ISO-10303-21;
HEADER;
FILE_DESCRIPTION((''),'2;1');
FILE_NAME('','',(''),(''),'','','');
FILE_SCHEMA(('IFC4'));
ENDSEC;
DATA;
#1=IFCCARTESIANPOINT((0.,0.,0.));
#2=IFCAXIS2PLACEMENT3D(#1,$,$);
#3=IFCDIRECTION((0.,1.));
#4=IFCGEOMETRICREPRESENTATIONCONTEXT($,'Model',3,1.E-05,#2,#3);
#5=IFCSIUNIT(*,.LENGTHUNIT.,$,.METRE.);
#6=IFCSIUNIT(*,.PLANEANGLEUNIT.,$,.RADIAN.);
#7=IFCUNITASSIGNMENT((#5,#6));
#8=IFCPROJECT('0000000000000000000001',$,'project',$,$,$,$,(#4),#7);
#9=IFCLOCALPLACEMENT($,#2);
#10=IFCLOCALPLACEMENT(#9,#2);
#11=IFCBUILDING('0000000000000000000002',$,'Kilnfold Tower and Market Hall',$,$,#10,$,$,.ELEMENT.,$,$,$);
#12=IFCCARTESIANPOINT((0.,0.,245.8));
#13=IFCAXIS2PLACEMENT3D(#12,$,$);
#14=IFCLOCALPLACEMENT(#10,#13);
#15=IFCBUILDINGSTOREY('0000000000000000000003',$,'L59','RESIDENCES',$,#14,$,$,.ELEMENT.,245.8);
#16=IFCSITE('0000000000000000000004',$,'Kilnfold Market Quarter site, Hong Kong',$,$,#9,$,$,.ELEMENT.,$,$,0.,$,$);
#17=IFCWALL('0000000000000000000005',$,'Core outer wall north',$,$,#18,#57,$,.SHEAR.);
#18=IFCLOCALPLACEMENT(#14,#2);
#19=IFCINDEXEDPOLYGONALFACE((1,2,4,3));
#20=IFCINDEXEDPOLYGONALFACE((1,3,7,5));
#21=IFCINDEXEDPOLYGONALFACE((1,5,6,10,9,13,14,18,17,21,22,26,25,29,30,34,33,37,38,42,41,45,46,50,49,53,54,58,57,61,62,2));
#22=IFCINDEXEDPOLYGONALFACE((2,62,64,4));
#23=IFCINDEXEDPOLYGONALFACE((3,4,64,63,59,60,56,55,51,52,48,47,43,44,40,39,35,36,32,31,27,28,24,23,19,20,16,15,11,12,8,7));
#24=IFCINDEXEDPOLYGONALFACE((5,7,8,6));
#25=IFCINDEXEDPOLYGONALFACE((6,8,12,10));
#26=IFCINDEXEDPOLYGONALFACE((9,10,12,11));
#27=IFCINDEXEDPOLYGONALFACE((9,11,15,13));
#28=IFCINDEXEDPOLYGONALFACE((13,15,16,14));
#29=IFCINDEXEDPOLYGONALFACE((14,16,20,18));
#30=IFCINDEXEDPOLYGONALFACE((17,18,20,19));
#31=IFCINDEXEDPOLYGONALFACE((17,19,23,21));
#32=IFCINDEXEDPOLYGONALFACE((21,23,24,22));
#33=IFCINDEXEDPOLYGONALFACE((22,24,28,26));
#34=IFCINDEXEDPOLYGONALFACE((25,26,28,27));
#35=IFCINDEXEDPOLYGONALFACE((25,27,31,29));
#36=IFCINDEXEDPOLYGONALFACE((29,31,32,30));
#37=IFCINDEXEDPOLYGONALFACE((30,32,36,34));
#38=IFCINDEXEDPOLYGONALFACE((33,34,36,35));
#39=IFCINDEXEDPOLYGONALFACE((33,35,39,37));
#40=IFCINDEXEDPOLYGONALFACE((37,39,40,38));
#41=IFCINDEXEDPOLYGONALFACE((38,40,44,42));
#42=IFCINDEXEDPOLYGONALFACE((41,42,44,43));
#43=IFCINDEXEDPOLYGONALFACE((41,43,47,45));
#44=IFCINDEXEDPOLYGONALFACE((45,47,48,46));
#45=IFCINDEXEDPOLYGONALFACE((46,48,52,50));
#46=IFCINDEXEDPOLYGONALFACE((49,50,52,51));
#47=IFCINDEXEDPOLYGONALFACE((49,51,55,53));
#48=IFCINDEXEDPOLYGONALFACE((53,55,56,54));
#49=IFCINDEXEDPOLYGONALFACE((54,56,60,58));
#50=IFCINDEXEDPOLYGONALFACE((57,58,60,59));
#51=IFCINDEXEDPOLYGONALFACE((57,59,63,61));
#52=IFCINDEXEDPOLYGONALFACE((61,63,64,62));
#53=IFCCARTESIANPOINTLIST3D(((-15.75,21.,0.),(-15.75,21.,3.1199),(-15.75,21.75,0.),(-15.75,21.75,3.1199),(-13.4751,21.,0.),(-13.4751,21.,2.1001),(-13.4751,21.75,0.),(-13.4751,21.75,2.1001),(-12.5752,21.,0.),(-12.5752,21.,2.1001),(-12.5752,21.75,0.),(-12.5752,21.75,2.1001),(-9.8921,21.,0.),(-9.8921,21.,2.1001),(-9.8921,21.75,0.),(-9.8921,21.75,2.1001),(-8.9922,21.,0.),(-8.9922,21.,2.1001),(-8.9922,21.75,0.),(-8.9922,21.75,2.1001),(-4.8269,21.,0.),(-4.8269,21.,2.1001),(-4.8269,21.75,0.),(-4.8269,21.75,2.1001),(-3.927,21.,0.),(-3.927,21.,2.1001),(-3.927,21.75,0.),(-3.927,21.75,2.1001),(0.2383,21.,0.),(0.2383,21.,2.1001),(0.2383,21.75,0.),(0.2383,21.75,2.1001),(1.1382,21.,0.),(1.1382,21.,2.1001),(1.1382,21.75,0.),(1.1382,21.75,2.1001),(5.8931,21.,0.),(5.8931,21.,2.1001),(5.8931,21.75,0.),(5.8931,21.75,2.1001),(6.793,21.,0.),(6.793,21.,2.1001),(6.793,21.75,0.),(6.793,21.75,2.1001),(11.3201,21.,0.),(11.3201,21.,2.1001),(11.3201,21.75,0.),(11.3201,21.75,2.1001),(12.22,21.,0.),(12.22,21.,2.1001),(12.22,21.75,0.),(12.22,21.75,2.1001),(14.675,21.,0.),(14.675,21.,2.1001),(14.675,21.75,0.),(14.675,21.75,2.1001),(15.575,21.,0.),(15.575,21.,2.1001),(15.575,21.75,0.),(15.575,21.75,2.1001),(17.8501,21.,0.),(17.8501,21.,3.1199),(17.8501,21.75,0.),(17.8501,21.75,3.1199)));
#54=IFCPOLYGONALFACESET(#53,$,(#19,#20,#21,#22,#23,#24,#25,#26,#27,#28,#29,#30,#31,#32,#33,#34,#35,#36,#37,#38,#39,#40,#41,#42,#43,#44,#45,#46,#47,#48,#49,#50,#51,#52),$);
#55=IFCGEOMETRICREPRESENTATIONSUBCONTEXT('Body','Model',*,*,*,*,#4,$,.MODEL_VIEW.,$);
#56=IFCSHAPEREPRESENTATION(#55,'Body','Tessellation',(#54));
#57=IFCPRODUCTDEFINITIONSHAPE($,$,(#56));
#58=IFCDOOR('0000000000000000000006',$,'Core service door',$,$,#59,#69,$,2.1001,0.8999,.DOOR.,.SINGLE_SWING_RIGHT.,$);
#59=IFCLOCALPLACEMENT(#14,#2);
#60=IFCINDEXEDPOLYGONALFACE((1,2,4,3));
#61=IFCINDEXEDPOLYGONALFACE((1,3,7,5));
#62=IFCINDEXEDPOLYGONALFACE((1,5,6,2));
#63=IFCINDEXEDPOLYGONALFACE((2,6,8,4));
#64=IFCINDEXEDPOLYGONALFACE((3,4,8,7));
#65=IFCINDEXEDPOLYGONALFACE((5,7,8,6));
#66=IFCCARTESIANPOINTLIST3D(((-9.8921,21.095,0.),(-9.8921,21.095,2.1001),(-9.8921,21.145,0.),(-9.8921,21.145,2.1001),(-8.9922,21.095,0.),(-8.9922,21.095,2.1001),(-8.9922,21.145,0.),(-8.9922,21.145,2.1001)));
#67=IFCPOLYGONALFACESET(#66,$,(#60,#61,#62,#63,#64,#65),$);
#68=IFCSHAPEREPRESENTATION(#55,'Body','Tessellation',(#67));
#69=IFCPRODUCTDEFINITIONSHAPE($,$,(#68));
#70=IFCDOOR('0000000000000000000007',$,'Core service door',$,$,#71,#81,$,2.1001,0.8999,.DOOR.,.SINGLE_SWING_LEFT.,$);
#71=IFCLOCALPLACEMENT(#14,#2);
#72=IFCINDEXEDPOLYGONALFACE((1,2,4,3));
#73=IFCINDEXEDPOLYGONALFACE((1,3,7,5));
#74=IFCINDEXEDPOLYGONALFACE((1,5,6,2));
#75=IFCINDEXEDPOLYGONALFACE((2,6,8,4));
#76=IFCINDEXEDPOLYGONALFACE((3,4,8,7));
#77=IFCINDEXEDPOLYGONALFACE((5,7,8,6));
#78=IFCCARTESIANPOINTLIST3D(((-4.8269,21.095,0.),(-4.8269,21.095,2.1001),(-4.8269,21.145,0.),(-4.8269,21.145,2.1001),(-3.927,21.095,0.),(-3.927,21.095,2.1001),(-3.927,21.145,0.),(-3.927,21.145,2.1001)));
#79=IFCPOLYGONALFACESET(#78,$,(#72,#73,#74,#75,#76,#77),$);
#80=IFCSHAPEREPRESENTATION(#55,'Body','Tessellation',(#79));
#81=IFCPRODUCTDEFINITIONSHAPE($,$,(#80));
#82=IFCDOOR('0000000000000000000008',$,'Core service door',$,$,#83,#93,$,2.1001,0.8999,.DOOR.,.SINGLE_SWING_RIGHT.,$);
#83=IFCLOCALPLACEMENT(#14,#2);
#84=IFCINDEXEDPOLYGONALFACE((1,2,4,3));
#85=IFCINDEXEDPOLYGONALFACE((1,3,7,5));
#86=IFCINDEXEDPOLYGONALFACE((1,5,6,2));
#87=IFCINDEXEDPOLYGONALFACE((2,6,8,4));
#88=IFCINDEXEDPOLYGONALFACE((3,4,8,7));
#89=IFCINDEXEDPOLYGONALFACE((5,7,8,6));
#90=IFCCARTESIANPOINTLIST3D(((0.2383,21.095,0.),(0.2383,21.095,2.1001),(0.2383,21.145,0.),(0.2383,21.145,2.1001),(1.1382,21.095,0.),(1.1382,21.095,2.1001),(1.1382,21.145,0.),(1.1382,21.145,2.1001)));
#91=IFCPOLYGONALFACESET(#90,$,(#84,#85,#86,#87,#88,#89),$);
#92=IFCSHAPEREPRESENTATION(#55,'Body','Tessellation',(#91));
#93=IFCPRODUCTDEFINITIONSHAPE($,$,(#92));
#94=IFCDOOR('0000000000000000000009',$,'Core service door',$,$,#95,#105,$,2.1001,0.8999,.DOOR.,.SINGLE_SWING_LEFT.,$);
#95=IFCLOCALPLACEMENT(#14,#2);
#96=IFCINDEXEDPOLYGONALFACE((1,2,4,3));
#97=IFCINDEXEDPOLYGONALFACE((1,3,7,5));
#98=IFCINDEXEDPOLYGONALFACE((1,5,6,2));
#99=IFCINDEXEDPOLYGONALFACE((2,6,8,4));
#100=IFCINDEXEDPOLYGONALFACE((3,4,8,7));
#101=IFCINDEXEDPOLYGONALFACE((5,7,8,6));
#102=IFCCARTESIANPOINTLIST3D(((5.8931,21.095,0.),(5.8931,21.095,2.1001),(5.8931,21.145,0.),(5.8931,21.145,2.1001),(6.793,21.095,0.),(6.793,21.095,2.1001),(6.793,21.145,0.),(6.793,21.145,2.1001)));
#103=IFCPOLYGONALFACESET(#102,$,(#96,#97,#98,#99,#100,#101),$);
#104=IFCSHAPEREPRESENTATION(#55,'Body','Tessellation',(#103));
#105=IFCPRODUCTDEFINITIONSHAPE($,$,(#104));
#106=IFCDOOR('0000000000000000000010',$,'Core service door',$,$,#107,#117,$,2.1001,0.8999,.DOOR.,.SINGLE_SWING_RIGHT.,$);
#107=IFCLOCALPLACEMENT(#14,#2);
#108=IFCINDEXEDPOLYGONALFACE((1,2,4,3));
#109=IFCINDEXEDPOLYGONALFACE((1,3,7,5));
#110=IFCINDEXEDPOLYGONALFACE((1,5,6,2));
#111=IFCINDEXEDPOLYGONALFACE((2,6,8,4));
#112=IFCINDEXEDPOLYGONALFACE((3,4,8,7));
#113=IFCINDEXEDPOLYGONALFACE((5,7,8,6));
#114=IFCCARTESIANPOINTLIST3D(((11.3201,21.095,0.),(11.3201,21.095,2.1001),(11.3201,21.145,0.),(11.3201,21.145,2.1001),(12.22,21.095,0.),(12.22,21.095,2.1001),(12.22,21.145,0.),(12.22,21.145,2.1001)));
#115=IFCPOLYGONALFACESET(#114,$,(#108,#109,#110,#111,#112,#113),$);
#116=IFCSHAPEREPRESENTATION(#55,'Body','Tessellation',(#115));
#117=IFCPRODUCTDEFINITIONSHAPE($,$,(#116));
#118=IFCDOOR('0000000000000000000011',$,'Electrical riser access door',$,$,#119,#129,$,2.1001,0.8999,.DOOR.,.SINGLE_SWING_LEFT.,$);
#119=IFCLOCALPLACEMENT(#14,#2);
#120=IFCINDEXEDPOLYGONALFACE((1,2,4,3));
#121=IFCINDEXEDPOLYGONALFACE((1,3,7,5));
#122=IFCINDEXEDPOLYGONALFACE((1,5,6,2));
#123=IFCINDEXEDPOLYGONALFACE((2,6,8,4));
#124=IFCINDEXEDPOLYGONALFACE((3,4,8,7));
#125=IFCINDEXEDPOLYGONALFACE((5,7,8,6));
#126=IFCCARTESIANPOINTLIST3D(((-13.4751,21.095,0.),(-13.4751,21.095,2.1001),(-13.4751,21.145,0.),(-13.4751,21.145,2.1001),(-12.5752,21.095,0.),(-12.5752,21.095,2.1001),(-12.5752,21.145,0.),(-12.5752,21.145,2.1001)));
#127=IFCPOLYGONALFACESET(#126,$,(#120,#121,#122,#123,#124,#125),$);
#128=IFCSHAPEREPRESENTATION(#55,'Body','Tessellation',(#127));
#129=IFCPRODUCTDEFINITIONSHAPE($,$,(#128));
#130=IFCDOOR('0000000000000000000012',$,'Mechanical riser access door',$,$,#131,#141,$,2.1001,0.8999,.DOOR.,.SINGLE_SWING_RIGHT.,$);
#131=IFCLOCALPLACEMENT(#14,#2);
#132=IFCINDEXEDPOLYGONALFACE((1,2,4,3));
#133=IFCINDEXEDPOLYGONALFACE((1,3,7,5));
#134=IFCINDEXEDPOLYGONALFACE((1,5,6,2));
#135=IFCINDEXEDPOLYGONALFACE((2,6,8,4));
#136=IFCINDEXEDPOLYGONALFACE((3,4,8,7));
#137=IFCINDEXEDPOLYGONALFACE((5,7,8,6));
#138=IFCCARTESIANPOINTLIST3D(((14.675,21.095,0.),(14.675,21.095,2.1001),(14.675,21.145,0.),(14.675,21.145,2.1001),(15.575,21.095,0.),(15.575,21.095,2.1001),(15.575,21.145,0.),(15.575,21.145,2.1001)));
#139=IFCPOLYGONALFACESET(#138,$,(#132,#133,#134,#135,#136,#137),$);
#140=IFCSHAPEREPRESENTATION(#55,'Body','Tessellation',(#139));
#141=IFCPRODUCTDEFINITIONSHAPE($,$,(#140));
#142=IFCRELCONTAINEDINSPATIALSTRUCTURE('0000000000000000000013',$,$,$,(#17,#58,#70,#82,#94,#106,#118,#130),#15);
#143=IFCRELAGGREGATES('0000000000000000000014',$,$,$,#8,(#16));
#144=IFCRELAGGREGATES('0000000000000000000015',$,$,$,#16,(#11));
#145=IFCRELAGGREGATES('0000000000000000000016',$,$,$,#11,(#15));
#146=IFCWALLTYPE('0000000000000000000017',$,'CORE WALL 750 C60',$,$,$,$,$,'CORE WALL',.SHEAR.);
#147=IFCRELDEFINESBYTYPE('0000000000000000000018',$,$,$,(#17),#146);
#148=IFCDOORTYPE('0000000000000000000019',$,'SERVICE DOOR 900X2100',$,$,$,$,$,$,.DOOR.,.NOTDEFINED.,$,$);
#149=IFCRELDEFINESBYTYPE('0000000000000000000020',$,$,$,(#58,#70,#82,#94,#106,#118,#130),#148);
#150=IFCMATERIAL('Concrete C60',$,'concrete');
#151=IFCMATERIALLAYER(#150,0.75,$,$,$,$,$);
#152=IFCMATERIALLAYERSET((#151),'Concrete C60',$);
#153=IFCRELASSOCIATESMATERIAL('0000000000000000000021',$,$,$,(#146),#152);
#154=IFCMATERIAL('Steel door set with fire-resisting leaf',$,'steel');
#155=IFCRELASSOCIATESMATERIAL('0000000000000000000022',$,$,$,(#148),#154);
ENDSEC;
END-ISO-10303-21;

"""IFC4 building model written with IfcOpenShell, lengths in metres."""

from ifc_helpers import new_model, si_unit, direction, frame, frame_2d, origin, place, context, subcontext, project, spatial, rectangle, extrude, source, transform, mapped, material, layer, layer_set, type_object, element, fill, save


model = new_model("IFC4")

# Units and contexts
model_context = context("Model", 3, precision=1e-05, world=origin(), true_north=direction((0.0, 1.0)))
body_context = subcontext(model_context, "Body", "Model", "MODEL_VIEW")
ifc_project = project(units=[si_unit("LENGTHUNIT", "METRE"), si_unit("PLANEANGLEUNIT", "RADIAN")], contexts=[model_context])

# Site, building, storey
site_placement = place(None, origin())
site = spatial("IfcSite", under=ifc_project, at=site_placement, Name="Kilnfold Market Quarter site, Hong Kong", CompositionType="ELEMENT", RefElevation=0.0)
building_placement = place(site_placement, origin())
building = spatial("IfcBuilding", under=site, at=building_placement, Name="Kilnfold Tower and Market Hall", CompositionType="ELEMENT")
storey_placement = place(building_placement, frame((0.0, 0.0, 245.8)))
storey = spatial("IfcBuildingStorey", under=building, at=storey_placement, Name="L59", Description="RESIDENCES", CompositionType="ELEMENT", Elevation=245.8)

# Wall, openings, doors
ifc_material_1 = material(Name="Concrete C60", Category="concrete")
ifc_layer_1 = layer(ifc_material_1, 0.75)
ifc_layer_set_1 = layer_set([ifc_layer_1], Name="Concrete C60")
wall_type_1 = type_object("IfcWallType", Name="CORE WALL 750 C60", ElementType="CORE WALL", PredefinedType="SHEAR", material=ifc_layer_set_1)
shared_shape_1 = source(origin(), body_context, "Body", "SweptSolid", [
    extrude(rectangle(XDim=33.6001, YDim=0.75, at=frame_2d((16.8, 0.0))), origin(), (0.0, 0.0, 1.0), 3.1199),
])
wall_1_placement = place(storey_placement, frame((-15.75, 21.375, 0.0), z_axis=(0.0, 0.0, 1.0), x_axis=(1.0, 0.0, 0.0)))
wall_1 = element("IfcWall", 1, at=wall_1_placement, inside=storey, type_object=wall_type_1, Name="Core outer wall north", PredefinedType="SHEAR", context=body_context, shape_type="MappedRepresentation", body=[
    mapped(shared_shape_1, transform((0.0, 0.0, 0.0))),
])
opening_1_placement = place(wall_1_placement, frame((5.8579, 0.0, 0.0)))
opening_1 = element("IfcOpeningElement", 2, at=opening_1_placement, cuts=wall_1, PredefinedType="OPENING", context=body_context, shape_type="SweptSolid", body=[
    extrude(rectangle(XDim=0.8999, YDim=2.1001, at=frame_2d((0.45, 1.05))), frame((0.0, 0.385, 0.0), z_axis=(0.0, -1.0, 0.0), x_axis=(1.0, 0.0, 0.0)), (0.0, 0.0, 1.0), 0.77),
])
opening_2_placement = place(wall_1_placement, frame((10.9231, 0.0, 0.0)))
opening_2 = element("IfcOpeningElement", 3, at=opening_2_placement, cuts=wall_1, PredefinedType="OPENING", context=body_context, shape_type="SweptSolid", body=[
    extrude(rectangle(XDim=0.8999, YDim=2.1001, at=frame_2d((0.45, 1.05))), frame((0.0, 0.385, 0.0), z_axis=(0.0, -1.0, 0.0), x_axis=(1.0, 0.0, 0.0)), (0.0, 0.0, 1.0), 0.77),
])
opening_3_placement = place(wall_1_placement, frame((15.9883, 0.0, 0.0)))
opening_3 = element("IfcOpeningElement", 4, at=opening_3_placement, cuts=wall_1, PredefinedType="OPENING", context=body_context, shape_type="SweptSolid", body=[
    extrude(rectangle(XDim=0.8999, YDim=2.1001, at=frame_2d((0.45, 1.05))), frame((0.0, 0.385, 0.0), z_axis=(0.0, -1.0, 0.0), x_axis=(1.0, 0.0, 0.0)), (0.0, 0.0, 1.0), 0.77),
])
opening_4_placement = place(wall_1_placement, frame((21.6431, 0.0, 0.0)))
opening_4 = element("IfcOpeningElement", 5, at=opening_4_placement, cuts=wall_1, PredefinedType="OPENING", context=body_context, shape_type="SweptSolid", body=[
    extrude(rectangle(XDim=0.8999, YDim=2.1001, at=frame_2d((0.45, 1.05))), frame((0.0, 0.385, 0.0), z_axis=(0.0, -1.0, 0.0), x_axis=(1.0, 0.0, 0.0)), (0.0, 0.0, 1.0), 0.77),
])
opening_5_placement = place(wall_1_placement, frame((27.0701, 0.0, 0.0)))
opening_5 = element("IfcOpeningElement", 6, at=opening_5_placement, cuts=wall_1, PredefinedType="OPENING", context=body_context, shape_type="SweptSolid", body=[
    extrude(rectangle(XDim=0.8999, YDim=2.1001, at=frame_2d((0.45, 1.05))), frame((0.0, 0.385, 0.0), z_axis=(0.0, -1.0, 0.0), x_axis=(1.0, 0.0, 0.0)), (0.0, 0.0, 1.0), 0.77),
])
opening_6_placement = place(wall_1_placement, frame((2.2749, 0.0, 0.0)))
opening_6 = element("IfcOpeningElement", 7, at=opening_6_placement, cuts=wall_1, PredefinedType="OPENING", context=body_context, shape_type="SweptSolid", body=[
    extrude(rectangle(XDim=0.8999, YDim=2.1001, at=frame_2d((0.45, 1.05))), frame((0.0, 0.385, 0.0), z_axis=(0.0, -1.0, 0.0), x_axis=(1.0, 0.0, 0.0)), (0.0, 0.0, 1.0), 0.77),
])
opening_7_placement = place(wall_1_placement, frame((30.425, 0.0, 0.0)))
opening_7 = element("IfcOpeningElement", 8, at=opening_7_placement, cuts=wall_1, PredefinedType="OPENING", context=body_context, shape_type="SweptSolid", body=[
    extrude(rectangle(XDim=0.8999, YDim=2.1001, at=frame_2d((0.45, 1.05))), frame((0.0, 0.385, 0.0), z_axis=(0.0, -1.0, 0.0), x_axis=(1.0, 0.0, 0.0)), (0.0, 0.0, 1.0), 0.77),
])
ifc_material_2 = material(Name="Steel door set with fire-resisting leaf", Category="steel")
door_type_1 = type_object("IfcDoorType", Name="SERVICE DOOR 900X2100", OperationType="NOTDEFINED", PredefinedType="DOOR", material=ifc_material_2)
door_1_placement = place(opening_1_placement, origin())
door_1 = element("IfcDoor", 9, at=door_1_placement, inside=storey, type_object=door_type_1, Name="Core service door", OperationType="SINGLE_SWING_RIGHT", OverallHeight=2.1001, OverallWidth=0.8999, PredefinedType="DOOR", context=body_context, shape_type="SweptSolid", body=[
    extrude(rectangle(XDim=0.8999, YDim=2.1001, at=frame_2d((0.45, 1.05))), frame((0.0, -0.23, 0.0), z_axis=(0.0, -1.0, 0.0), x_axis=(1.0, 0.0, 0.0)), (0.0, 0.0, 1.0), 0.05),
])
fill(opening_1, door_1)
door_2_placement = place(opening_2_placement, origin())
door_2 = element("IfcDoor", 10, at=door_2_placement, inside=storey, type_object=door_type_1, Name="Core service door", OperationType="SINGLE_SWING_LEFT", OverallHeight=2.1001, OverallWidth=0.8999, PredefinedType="DOOR", context=body_context, shape_type="SweptSolid", body=[
    extrude(rectangle(XDim=0.8999, YDim=2.1001, at=frame_2d((0.45, 1.05))), frame((0.0, -0.23, 0.0), z_axis=(0.0, -1.0, 0.0), x_axis=(1.0, 0.0, 0.0)), (0.0, 0.0, 1.0), 0.05),
])
fill(opening_2, door_2)
door_3_placement = place(opening_3_placement, origin())
door_3 = element("IfcDoor", 11, at=door_3_placement, inside=storey, type_object=door_type_1, Name="Core service door", OperationType="SINGLE_SWING_RIGHT", OverallHeight=2.1001, OverallWidth=0.8999, PredefinedType="DOOR", context=body_context, shape_type="SweptSolid", body=[
    extrude(rectangle(XDim=0.8999, YDim=2.1001, at=frame_2d((0.45, 1.05))), frame((0.0, -0.23, 0.0), z_axis=(0.0, -1.0, 0.0), x_axis=(1.0, 0.0, 0.0)), (0.0, 0.0, 1.0), 0.05),
])
fill(opening_3, door_3)
door_4_placement = place(opening_4_placement, origin())
door_4 = element("IfcDoor", 12, at=door_4_placement, inside=storey, type_object=door_type_1, Name="Core service door", OperationType="SINGLE_SWING_LEFT", OverallHeight=2.1001, OverallWidth=0.8999, PredefinedType="DOOR", context=body_context, shape_type="SweptSolid", body=[
    extrude(rectangle(XDim=0.8999, YDim=2.1001, at=frame_2d((0.45, 1.05))), frame((0.0, -0.23, 0.0), z_axis=(0.0, -1.0, 0.0), x_axis=(1.0, 0.0, 0.0)), (0.0, 0.0, 1.0), 0.05),
])
fill(opening_4, door_4)
door_5_placement = place(opening_5_placement, origin())
door_5 = element("IfcDoor", 13, at=door_5_placement, inside=storey, type_object=door_type_1, Name="Core service door", OperationType="SINGLE_SWING_RIGHT", OverallHeight=2.1001, OverallWidth=0.8999, PredefinedType="DOOR", context=body_context, shape_type="SweptSolid", body=[
    extrude(rectangle(XDim=0.8999, YDim=2.1001, at=frame_2d((0.45, 1.05))), frame((0.0, -0.23, 0.0), z_axis=(0.0, -1.0, 0.0), x_axis=(1.0, 0.0, 0.0)), (0.0, 0.0, 1.0), 0.05),
])
fill(opening_5, door_5)
door_6_placement = place(opening_6_placement, origin())
door_6 = element("IfcDoor", 14, at=door_6_placement, inside=storey, type_object=door_type_1, Name="Electrical riser access door", OperationType="SINGLE_SWING_LEFT", OverallHeight=2.1001, OverallWidth=0.8999, PredefinedType="DOOR", context=body_context, shape_type="SweptSolid", body=[
    extrude(rectangle(XDim=0.8999, YDim=2.1001, at=frame_2d((0.45, 1.05))), frame((0.0, -0.23, 0.0), z_axis=(0.0, -1.0, 0.0), x_axis=(1.0, 0.0, 0.0)), (0.0, 0.0, 1.0), 0.05),
])
fill(opening_6, door_6)
door_7_placement = place(opening_7_placement, origin())
door_7 = element("IfcDoor", 15, at=door_7_placement, inside=storey, type_object=door_type_1, Name="Mechanical riser access door", OperationType="SINGLE_SWING_RIGHT", OverallHeight=2.1001, OverallWidth=0.8999, PredefinedType="DOOR", context=body_context, shape_type="SweptSolid", body=[
    extrude(rectangle(XDim=0.8999, YDim=2.1001, at=frame_2d((0.45, 1.05))), frame((0.0, -0.23, 0.0), z_axis=(0.0, -1.0, 0.0), x_axis=(1.0, 0.0, 0.0)), (0.0, 0.0, 1.0), 0.05),
])
fill(opening_7, door_7)

save(model, "model.ifc")
